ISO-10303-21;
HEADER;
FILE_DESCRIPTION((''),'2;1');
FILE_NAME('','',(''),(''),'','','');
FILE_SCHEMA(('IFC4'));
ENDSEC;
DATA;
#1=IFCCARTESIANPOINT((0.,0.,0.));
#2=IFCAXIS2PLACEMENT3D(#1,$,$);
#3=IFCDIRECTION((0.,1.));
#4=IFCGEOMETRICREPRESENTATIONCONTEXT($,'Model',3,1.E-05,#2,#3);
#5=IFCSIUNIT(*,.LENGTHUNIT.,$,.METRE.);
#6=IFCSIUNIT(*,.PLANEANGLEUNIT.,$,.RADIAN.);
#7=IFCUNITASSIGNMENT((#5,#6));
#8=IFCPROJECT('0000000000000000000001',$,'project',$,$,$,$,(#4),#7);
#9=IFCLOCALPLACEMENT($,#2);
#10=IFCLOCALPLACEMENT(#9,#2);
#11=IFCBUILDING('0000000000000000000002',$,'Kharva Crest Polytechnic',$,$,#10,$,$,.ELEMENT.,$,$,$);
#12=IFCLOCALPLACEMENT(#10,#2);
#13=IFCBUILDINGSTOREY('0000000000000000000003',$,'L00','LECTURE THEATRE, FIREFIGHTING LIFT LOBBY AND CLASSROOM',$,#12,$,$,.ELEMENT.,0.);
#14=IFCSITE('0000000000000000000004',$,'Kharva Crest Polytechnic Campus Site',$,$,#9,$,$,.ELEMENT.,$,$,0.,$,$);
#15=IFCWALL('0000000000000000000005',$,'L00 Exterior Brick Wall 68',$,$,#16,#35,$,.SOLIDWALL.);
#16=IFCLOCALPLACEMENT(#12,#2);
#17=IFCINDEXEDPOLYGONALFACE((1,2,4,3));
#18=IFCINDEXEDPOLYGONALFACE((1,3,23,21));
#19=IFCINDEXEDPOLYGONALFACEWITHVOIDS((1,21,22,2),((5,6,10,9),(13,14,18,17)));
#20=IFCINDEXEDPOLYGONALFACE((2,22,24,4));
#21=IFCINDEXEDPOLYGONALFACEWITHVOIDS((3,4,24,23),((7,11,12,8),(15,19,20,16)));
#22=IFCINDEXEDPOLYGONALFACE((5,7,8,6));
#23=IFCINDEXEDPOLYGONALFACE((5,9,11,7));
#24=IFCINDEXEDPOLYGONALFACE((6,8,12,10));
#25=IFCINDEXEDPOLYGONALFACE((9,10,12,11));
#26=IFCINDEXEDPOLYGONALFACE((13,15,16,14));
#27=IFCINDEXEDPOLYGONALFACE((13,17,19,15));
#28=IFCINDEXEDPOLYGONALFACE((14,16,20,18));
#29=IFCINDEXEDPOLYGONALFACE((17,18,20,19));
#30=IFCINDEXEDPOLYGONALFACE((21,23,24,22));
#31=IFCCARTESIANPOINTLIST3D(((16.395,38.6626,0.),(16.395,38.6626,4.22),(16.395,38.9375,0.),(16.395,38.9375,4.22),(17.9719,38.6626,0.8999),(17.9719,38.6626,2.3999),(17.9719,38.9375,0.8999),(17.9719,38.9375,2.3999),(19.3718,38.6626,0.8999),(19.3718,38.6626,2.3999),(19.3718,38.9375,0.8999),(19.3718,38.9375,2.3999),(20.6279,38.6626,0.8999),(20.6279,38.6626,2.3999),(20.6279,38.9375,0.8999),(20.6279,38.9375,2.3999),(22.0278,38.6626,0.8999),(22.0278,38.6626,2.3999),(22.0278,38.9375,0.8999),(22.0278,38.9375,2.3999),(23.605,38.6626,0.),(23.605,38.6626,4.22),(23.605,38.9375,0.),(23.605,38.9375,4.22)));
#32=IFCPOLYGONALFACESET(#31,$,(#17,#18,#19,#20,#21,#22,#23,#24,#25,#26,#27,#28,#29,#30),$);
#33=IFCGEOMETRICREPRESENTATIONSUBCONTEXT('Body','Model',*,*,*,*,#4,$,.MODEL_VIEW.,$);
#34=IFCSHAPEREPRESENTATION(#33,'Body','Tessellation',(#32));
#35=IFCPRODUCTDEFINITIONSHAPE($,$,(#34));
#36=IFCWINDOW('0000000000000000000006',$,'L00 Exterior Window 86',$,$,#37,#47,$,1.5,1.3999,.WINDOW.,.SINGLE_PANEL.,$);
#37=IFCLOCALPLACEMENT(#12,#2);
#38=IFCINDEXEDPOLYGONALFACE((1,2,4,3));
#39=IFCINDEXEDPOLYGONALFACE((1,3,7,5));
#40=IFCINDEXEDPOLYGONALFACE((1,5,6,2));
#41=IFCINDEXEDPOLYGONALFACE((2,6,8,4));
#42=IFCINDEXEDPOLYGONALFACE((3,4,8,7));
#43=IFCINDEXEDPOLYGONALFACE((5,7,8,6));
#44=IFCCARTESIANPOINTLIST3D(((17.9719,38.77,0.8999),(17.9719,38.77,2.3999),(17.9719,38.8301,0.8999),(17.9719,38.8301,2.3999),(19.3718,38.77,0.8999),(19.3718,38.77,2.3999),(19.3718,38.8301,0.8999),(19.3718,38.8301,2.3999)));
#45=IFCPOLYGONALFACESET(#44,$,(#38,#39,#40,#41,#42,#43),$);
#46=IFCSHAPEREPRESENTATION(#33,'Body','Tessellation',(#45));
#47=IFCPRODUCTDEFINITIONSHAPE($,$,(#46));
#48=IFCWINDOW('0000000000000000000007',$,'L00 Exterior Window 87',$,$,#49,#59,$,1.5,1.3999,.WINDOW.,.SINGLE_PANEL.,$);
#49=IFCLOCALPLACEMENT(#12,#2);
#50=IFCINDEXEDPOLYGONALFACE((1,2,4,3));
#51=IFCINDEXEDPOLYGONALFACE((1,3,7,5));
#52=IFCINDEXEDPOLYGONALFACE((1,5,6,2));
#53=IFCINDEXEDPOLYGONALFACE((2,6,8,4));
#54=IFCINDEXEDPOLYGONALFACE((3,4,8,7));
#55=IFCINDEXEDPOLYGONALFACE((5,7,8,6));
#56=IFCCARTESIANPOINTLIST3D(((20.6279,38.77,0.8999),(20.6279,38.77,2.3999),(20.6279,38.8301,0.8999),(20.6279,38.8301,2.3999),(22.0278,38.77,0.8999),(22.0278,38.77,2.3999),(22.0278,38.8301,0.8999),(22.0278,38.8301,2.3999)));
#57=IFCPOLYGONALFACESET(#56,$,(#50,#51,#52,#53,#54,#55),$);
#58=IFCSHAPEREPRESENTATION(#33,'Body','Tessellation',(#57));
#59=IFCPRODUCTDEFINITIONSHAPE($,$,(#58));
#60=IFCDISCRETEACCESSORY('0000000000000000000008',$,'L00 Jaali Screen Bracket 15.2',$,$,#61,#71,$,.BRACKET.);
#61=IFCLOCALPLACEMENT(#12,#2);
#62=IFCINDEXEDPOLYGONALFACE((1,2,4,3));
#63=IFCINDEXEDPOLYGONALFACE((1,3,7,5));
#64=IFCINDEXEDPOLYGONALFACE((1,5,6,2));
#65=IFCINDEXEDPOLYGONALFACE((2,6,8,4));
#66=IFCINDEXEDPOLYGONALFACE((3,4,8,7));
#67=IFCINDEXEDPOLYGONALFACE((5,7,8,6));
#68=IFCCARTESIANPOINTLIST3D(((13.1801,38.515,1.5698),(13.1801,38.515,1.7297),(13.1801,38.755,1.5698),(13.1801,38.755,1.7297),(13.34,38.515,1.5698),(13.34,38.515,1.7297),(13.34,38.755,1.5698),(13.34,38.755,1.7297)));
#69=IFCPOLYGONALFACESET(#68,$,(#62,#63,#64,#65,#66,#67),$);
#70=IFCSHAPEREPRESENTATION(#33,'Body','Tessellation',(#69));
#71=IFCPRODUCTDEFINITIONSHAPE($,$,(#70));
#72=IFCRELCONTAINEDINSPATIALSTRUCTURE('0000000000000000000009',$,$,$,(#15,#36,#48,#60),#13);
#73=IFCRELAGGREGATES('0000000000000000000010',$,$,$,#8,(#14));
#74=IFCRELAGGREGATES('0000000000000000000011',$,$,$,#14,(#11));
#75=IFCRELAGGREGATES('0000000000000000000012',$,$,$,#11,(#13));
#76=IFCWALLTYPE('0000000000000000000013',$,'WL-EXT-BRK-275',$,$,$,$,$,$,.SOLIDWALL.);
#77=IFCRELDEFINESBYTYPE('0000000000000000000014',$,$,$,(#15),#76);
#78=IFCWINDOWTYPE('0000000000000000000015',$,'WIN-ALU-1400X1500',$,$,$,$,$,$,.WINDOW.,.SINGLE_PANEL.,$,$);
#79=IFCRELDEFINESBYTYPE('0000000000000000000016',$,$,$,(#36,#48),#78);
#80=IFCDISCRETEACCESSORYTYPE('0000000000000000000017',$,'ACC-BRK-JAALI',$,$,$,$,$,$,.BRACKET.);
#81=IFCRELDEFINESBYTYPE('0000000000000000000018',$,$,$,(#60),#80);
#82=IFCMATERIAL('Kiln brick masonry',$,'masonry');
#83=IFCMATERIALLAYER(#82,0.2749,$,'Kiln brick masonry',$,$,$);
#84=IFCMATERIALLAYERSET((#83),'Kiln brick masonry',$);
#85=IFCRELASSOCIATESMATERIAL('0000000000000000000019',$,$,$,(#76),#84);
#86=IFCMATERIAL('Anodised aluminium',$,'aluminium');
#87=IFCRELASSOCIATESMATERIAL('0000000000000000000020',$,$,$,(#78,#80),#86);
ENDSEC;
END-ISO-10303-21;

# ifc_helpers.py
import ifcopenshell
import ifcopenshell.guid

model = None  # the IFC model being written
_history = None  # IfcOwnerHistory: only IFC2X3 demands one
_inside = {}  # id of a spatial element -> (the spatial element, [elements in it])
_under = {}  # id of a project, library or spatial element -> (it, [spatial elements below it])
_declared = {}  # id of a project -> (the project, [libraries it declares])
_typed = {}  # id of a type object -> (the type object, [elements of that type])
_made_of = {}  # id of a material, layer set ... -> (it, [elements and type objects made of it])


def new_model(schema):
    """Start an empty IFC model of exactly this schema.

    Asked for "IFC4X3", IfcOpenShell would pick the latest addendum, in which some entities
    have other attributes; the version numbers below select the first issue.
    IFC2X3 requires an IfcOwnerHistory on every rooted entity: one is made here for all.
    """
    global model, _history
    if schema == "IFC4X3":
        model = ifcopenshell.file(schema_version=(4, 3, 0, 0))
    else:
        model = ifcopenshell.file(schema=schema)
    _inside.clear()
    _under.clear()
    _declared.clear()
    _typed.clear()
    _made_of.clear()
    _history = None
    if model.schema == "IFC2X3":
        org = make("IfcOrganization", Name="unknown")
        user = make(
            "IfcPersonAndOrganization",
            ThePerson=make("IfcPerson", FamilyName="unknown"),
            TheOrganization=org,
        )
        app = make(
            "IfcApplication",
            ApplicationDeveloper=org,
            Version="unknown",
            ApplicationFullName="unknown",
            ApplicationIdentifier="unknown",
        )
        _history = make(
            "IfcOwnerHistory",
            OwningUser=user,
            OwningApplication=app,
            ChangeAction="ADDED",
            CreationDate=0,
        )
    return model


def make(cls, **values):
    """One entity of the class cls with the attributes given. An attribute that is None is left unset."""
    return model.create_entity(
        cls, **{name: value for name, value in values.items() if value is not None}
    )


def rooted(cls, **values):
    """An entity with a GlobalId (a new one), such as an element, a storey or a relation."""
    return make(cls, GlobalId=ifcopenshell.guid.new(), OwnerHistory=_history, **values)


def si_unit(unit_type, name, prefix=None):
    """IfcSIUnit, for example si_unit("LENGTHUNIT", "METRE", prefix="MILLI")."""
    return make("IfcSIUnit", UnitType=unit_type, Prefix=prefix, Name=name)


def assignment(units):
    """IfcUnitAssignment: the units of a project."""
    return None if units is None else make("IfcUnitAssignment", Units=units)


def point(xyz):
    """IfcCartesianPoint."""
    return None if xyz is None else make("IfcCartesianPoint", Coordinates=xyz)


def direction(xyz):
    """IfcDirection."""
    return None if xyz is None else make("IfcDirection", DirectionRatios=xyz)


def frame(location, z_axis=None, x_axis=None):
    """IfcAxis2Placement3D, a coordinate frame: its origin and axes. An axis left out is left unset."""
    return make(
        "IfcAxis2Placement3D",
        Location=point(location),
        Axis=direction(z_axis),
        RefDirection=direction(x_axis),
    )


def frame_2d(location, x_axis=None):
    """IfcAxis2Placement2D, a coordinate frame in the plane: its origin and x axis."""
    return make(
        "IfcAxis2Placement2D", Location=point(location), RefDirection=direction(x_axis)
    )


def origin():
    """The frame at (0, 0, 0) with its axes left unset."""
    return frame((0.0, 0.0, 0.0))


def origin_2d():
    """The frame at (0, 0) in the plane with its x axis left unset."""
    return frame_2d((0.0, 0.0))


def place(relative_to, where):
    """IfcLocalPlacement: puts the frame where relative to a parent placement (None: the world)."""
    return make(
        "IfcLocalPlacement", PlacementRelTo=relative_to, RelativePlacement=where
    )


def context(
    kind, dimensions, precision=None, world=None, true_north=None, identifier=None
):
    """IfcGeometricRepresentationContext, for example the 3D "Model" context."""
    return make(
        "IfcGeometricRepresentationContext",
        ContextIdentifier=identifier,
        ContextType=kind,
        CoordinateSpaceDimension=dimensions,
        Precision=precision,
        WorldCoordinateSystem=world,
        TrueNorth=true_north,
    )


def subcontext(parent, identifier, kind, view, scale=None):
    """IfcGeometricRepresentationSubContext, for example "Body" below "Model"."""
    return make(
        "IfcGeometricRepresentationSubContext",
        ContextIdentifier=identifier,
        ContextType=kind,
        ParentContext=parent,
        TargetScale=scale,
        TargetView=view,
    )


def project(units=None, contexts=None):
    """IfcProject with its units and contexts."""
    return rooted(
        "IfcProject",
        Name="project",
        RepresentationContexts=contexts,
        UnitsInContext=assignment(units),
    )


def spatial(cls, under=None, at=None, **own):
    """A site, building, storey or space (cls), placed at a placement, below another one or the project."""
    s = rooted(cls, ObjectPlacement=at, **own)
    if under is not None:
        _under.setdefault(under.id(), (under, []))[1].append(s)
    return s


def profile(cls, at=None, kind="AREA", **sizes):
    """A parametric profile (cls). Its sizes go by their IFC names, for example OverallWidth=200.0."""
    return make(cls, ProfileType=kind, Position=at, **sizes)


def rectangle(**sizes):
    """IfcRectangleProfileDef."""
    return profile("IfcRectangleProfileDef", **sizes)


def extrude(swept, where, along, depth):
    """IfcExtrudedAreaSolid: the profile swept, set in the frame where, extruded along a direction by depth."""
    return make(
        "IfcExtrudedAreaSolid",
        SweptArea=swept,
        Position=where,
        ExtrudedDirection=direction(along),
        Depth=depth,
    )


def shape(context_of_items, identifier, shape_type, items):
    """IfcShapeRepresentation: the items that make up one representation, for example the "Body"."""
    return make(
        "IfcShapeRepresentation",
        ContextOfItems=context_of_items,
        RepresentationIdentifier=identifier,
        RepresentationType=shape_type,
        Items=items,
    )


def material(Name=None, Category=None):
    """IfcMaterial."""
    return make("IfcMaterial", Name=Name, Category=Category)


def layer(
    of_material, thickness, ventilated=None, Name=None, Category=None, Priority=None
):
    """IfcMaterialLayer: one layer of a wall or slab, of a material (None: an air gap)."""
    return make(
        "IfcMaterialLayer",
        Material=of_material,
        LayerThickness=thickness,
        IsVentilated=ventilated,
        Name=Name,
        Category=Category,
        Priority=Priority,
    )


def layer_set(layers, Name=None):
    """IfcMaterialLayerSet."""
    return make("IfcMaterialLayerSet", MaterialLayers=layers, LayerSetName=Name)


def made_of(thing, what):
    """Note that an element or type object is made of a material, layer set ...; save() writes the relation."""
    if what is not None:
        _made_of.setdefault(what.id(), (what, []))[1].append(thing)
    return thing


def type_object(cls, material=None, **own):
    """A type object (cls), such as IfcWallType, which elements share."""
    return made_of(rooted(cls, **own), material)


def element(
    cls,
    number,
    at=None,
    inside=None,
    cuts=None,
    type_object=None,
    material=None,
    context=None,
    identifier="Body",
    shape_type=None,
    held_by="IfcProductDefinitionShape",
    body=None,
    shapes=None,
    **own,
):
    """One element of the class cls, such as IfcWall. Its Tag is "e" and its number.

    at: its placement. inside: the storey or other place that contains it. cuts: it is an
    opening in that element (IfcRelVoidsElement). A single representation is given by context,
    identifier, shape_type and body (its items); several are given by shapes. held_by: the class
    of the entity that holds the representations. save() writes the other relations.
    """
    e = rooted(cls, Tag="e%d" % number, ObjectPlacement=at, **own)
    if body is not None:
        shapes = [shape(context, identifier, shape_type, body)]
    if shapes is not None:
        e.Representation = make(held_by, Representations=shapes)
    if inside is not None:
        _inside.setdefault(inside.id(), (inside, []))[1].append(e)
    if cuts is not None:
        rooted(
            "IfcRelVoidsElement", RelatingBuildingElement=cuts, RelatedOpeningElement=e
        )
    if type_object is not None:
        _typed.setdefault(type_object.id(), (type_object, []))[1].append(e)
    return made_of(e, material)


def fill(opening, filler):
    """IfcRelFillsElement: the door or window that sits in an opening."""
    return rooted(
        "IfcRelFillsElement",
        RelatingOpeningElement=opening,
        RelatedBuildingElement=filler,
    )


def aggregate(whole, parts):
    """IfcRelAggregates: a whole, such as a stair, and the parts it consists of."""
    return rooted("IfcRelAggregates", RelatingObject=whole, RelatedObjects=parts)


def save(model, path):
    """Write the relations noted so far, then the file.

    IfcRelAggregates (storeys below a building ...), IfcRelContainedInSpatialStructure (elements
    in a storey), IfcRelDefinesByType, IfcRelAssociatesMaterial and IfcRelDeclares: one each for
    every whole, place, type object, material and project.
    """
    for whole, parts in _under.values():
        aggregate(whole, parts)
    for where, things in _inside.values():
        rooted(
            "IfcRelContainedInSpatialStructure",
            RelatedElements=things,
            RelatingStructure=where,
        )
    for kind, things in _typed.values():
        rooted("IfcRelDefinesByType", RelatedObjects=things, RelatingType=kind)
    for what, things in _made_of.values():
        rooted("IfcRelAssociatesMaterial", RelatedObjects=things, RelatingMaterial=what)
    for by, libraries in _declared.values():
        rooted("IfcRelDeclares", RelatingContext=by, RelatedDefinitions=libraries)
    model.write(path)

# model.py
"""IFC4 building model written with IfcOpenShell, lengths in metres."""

from ifc_helpers import new_model, si_unit, direction, frame, frame_2d, origin, origin_2d, place, context, subcontext, project, spatial, rectangle, extrude, material, layer, layer_set, type_object, element, fill, save


model = new_model("IFC4")

# Units and contexts
model_context = context("Model", 3, precision=1e-05, world=origin(), true_north=direction((0.0, 1.0)))
body_context = subcontext(model_context, "Body", "Model", "MODEL_VIEW")
ifc_project = project(units=[si_unit("LENGTHUNIT", "METRE"), si_unit("PLANEANGLEUNIT", "RADIAN")], contexts=[model_context])

# Site, building, storey
site_placement = place(None, origin())
site = spatial("IfcSite", under=ifc_project, at=site_placement, Name="Kharva Crest Polytechnic Campus Site", CompositionType="ELEMENT", RefElevation=0.0)
building_placement = place(site_placement, origin())
building = spatial("IfcBuilding", under=site, at=building_placement, Name="Kharva Crest Polytechnic", CompositionType="ELEMENT")
storey_placement = place(building_placement, origin())
storey = spatial("IfcBuildingStorey", under=building, at=storey_placement, Name="L00", Description="LECTURE THEATRE, FIREFIGHTING LIFT LOBBY AND CLASSROOM", CompositionType="ELEMENT", Elevation=0.0)

# Wall, openings, windows
ifc_material_1 = material(Name="Kiln brick masonry", Category="masonry")
ifc_layer_1 = layer(ifc_material_1, 0.2749, Name="Kiln brick masonry")
ifc_layer_set_1 = layer_set([ifc_layer_1], Name="Kiln brick masonry")
wall_type = type_object("IfcWallType", Name="WL-EXT-BRK-275", PredefinedType="SOLIDWALL", material=ifc_layer_set_1)
wall_placement = place(storey_placement, frame((16.395, 38.8, 0.0), z_axis=(0.0, 0.0, 1.0), x_axis=(1.0, 0.0, 0.0)))
wall = element("IfcWall", 1, at=wall_placement, inside=storey, type_object=wall_type, Name="L00 Exterior Brick Wall 68", PredefinedType="SOLIDWALL", context=body_context, shape_type="SweptSolid", body=[
    extrude(rectangle(XDim=7.21, YDim=0.2749, at=frame_2d((3.605, 0.0))), origin(), (0.0, 0.0, 1.0), 4.22),
])
opening_1_placement = place(wall_placement, frame((1.5769, 0.0, 0.8999)))
opening_1 = element("IfcOpeningElement", 2, at=opening_1_placement, cuts=wall, PredefinedType="OPENING", context=body_context, shape_type="SweptSolid", body=[
    extrude(rectangle(XDim=1.3999, YDim=1.5, at=frame_2d((0.7, 0.75))), frame((0.0, 0.1475, 0.0), z_axis=(0.0, -1.0, 0.0), x_axis=(1.0, 0.0, 0.0)), (0.0, 0.0, 1.0), 0.2949),
])
opening_2_placement = place(wall_placement, frame((4.2329, 0.0, 0.8999)))
opening_2 = element("IfcOpeningElement", 3, at=opening_2_placement, cuts=wall, PredefinedType="OPENING", context=body_context, shape_type="SweptSolid", body=[
    extrude(rectangle(XDim=1.3999, YDim=1.5, at=frame_2d((0.7, 0.75))), frame((0.0, 0.1475, 0.0), z_axis=(0.0, -1.0, 0.0), x_axis=(1.0, 0.0, 0.0)), (0.0, 0.0, 1.0), 0.2949),
])
ifc_material_2 = material(Name="Anodised aluminium", Category="aluminium")
window_type = type_object("IfcWindowType", Name="WIN-ALU-1400X1500", PartitioningType="SINGLE_PANEL", PredefinedType="WINDOW", material=ifc_material_2)
window_1_placement = place(opening_1_placement, origin())
window_1 = element("IfcWindow", 4, at=window_1_placement, inside=storey, type_object=window_type, Name="L00 Exterior Window 86", OverallHeight=1.5, OverallWidth=1.3999, PartitioningType="SINGLE_PANEL", PredefinedType="WINDOW", context=body_context, shape_type="SweptSolid", body=[
    extrude(rectangle(XDim=1.3999, YDim=1.5, at=frame_2d((0.7, 0.75))), frame((0.0, 0.03, 0.0), z_axis=(0.0, -1.0, 0.0), x_axis=(1.0, 0.0, 0.0)), (0.0, 0.0, 1.0), 0.0601),
])
fill(opening_1, window_1)
window_2_placement = place(opening_2_placement, origin())
window_2 = element("IfcWindow", 5, at=window_2_placement, inside=storey, type_object=window_type, Name="L00 Exterior Window 87", OverallHeight=1.5, OverallWidth=1.3999, PartitioningType="SINGLE_PANEL", PredefinedType="WINDOW", context=body_context, shape_type="SweptSolid", body=[
    extrude(rectangle(XDim=1.3999, YDim=1.5, at=frame_2d((0.7, 0.75))), frame((0.0, 0.03, 0.0), z_axis=(0.0, -1.0, 0.0), x_axis=(1.0, 0.0, 0.0)), (0.0, 0.0, 1.0), 0.0601),
])
fill(opening_2, window_2)

# Discrete accessory
discrete_accessory_type = type_object("IfcDiscreteAccessoryType", Name="ACC-BRK-JAALI", PredefinedType="BRACKET", material=ifc_material_2)
discrete_accessory_placement = place(storey_placement, frame((13.26, 38.635, 1.5698), z_axis=(0.0, 0.0, 1.0), x_axis=(1.0, 0.0, 0.0)))
element("IfcDiscreteAccessory", 6, at=discrete_accessory_placement, inside=storey, type_object=discrete_accessory_type, Name="L00 Jaali Screen Bracket 15.2", PredefinedType="BRACKET", context=body_context, shape_type="SweptSolid", body=[
    extrude(rectangle(XDim=0.1599, YDim=0.24, at=origin_2d()), origin(), (0.0, 0.0, 1.0), 0.1599),
])

save(model, "model.ifc")
